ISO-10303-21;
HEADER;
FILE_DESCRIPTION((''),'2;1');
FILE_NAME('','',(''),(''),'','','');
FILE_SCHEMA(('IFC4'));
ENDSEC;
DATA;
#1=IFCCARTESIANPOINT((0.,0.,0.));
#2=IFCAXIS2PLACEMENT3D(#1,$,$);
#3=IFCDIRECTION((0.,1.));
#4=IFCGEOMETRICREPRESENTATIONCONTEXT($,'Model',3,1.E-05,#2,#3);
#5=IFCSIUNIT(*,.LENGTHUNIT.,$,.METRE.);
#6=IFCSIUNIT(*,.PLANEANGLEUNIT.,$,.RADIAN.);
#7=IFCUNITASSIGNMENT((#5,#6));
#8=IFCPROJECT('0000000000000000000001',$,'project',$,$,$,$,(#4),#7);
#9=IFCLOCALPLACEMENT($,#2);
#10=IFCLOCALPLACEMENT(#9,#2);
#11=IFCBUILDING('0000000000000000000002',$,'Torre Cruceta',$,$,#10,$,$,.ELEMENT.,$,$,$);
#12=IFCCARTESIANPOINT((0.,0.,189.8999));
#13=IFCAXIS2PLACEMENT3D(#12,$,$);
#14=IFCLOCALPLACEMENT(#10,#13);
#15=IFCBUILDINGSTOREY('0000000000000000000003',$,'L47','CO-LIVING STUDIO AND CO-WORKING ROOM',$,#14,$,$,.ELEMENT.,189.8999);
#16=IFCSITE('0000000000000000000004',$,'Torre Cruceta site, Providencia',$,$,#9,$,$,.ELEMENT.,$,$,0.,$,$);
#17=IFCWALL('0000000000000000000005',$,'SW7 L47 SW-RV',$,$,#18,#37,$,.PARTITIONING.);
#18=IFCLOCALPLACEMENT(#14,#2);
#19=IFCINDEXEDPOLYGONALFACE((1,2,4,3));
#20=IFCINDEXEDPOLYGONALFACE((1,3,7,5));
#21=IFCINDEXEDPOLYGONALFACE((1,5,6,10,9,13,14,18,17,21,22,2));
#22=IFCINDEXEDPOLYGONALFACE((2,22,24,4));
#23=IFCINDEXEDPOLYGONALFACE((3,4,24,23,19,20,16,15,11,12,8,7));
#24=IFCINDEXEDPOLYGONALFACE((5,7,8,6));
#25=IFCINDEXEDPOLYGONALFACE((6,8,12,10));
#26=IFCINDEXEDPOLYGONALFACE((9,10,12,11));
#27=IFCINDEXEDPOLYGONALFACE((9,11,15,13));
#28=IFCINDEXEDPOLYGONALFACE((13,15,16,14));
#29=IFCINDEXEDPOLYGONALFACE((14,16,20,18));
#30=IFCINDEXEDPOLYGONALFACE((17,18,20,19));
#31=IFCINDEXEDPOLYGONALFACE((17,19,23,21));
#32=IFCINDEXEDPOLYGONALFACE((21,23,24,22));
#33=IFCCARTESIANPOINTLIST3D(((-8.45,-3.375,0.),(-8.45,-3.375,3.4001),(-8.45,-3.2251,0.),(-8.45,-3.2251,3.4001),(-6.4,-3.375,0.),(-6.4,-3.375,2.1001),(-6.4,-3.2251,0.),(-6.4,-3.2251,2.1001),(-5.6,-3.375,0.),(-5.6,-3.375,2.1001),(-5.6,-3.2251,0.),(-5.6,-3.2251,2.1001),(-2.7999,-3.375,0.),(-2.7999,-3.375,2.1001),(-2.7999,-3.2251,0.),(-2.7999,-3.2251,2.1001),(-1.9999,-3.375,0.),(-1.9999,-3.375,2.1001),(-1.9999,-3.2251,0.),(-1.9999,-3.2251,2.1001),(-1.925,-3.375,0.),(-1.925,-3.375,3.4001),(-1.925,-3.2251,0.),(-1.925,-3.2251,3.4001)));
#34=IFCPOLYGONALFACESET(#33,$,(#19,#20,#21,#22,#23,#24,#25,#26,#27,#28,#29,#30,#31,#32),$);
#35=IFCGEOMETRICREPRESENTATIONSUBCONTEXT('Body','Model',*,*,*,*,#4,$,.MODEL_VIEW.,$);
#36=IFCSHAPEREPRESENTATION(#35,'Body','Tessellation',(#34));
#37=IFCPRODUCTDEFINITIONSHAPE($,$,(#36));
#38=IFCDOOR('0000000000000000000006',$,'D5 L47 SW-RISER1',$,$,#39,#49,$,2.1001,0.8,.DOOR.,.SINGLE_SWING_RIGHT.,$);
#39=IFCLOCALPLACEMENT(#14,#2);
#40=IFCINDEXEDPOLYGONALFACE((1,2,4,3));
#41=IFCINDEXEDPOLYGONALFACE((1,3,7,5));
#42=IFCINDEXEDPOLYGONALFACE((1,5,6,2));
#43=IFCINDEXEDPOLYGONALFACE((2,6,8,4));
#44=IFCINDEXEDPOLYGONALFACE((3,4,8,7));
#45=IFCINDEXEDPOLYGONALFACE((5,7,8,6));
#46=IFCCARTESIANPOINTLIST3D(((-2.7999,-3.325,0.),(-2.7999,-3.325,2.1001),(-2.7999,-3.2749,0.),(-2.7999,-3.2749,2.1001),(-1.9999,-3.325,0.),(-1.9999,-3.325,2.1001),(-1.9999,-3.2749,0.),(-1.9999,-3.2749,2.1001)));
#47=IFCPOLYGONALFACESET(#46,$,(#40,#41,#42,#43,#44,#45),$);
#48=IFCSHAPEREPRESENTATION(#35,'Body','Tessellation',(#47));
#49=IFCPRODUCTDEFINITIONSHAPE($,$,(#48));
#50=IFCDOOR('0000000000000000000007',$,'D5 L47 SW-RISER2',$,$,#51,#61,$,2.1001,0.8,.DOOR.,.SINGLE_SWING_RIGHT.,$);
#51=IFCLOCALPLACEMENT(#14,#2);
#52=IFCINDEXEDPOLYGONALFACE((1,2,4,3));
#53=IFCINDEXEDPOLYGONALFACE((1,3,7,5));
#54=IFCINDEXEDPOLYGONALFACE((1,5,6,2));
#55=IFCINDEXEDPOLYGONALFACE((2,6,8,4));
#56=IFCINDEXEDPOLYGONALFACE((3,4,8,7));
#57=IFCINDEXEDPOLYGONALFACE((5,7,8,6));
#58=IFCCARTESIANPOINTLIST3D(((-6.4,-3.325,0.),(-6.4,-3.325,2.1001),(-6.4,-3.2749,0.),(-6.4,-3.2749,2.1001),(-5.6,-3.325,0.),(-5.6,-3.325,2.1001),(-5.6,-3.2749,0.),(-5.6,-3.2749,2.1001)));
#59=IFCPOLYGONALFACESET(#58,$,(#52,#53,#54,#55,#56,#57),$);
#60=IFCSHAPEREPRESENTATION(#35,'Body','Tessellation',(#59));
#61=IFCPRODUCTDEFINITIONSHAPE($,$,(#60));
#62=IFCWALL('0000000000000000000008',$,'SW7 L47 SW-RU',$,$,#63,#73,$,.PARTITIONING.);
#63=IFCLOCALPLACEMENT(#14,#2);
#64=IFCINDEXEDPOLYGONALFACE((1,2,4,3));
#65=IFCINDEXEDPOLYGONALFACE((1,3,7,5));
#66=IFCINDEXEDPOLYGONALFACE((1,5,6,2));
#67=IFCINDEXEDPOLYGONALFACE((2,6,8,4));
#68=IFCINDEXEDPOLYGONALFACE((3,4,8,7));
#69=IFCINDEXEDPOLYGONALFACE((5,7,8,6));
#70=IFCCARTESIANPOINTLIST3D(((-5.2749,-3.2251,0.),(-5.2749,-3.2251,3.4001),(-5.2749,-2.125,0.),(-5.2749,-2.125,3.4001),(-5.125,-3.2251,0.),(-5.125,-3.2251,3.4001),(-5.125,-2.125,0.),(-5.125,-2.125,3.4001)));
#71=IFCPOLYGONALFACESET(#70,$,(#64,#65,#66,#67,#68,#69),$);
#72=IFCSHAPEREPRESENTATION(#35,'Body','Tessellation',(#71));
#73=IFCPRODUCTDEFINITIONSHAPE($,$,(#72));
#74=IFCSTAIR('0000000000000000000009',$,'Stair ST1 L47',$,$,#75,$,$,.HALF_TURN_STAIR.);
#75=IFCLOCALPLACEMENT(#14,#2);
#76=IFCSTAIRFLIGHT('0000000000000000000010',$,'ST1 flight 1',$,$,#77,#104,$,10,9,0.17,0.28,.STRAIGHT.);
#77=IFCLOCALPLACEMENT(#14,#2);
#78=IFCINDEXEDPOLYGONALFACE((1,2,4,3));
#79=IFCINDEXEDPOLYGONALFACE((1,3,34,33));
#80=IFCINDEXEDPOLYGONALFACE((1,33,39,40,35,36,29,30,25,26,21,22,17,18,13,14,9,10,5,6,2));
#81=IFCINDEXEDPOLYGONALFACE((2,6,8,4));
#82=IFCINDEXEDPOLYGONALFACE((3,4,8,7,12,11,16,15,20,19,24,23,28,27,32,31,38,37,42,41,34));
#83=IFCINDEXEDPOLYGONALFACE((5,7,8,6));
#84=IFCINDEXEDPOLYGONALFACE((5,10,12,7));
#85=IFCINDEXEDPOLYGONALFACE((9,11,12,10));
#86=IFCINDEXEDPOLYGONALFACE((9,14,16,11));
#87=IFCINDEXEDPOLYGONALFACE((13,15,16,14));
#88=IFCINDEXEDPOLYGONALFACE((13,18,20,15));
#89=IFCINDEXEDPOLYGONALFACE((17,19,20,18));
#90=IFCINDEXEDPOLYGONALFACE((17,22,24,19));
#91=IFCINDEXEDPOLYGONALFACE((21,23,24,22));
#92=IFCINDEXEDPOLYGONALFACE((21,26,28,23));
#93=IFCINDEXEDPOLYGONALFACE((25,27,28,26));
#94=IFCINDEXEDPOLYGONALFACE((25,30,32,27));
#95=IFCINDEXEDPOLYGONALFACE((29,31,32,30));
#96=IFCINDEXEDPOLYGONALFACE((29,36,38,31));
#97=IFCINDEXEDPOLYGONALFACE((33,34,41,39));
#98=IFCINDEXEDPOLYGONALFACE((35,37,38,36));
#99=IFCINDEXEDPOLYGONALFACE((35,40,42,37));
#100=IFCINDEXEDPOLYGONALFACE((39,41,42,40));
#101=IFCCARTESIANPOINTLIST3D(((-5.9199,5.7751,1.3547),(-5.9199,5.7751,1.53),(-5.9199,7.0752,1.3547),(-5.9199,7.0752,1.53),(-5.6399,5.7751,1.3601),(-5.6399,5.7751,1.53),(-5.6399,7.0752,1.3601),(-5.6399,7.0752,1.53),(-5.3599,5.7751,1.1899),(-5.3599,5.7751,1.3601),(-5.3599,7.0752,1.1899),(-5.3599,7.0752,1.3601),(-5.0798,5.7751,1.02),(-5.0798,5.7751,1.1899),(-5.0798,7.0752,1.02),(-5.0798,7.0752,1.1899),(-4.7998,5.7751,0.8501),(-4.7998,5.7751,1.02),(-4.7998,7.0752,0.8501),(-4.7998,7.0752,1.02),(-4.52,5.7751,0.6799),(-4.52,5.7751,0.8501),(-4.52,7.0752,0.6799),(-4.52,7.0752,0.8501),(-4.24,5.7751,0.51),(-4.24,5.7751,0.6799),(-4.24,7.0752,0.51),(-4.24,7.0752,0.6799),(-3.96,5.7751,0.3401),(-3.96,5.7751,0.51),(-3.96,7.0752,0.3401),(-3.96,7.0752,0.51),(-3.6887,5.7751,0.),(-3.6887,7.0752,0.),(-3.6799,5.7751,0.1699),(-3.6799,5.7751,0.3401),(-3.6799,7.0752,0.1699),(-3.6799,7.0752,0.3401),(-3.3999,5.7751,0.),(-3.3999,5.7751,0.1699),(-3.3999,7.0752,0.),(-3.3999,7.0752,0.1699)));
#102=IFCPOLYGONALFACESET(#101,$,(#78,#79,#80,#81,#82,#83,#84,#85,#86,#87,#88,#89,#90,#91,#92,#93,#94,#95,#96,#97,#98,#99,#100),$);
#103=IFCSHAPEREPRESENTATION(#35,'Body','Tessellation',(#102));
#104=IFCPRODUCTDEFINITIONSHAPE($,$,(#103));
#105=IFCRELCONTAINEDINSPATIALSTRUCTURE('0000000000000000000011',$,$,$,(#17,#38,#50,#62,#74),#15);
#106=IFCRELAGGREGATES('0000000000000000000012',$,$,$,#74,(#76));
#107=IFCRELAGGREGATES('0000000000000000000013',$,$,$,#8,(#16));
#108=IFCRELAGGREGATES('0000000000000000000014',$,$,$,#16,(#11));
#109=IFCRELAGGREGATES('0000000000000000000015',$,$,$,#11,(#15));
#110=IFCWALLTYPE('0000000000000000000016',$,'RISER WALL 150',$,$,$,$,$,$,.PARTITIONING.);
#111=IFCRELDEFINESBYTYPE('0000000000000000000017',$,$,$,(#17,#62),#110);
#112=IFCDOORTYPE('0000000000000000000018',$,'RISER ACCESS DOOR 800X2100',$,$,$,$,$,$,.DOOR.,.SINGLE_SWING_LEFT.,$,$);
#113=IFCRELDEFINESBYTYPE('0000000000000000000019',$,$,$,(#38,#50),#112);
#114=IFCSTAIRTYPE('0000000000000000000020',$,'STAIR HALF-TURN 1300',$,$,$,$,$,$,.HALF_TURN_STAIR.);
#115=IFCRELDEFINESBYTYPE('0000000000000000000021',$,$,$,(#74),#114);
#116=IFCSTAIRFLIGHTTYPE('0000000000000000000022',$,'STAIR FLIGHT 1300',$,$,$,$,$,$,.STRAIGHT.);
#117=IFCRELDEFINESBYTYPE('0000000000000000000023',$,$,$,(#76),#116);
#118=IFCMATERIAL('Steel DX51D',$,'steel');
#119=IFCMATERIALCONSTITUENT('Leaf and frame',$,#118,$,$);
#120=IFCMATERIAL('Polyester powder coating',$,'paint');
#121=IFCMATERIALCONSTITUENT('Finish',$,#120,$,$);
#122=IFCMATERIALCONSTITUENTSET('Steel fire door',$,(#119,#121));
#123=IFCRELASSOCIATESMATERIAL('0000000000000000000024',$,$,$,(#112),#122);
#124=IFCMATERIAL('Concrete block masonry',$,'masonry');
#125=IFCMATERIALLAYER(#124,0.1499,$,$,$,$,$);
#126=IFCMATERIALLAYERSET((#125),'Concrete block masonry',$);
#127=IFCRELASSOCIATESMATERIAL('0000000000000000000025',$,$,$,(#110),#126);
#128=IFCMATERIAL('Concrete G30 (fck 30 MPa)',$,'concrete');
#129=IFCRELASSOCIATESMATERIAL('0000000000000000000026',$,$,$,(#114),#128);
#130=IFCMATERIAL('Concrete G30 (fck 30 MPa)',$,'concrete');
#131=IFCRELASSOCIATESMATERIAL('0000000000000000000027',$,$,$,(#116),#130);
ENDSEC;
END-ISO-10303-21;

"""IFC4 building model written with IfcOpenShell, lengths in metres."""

from ifc_helpers import new_model, si_unit, direction, frame, frame_2d, origin, place, context, subcontext, project, spatial, polyline, rectangle, outline, extrude, material, layer, layer_set, constituent, constituent_set, type_object, element, fill, aggregate, save


model = new_model("IFC4")

# Units and contexts
model_context = context("Model", 3, precision=1e-05, world=origin(), true_north=direction((0.0, 1.0)))
body_context = subcontext(model_context, "Body", "Model", "MODEL_VIEW")
ifc_project = project(units=[si_unit("LENGTHUNIT", "METRE"), si_unit("PLANEANGLEUNIT", "RADIAN")], contexts=[model_context])

# Site, building, storey
site_placement = place(None, origin())
site = spatial("IfcSite", under=ifc_project, at=site_placement, Name="Torre Cruceta site, Providencia", CompositionType="ELEMENT", RefElevation=0.0)
building_placement = place(site_placement, origin())
building = spatial("IfcBuilding", under=site, at=building_placement, Name="Torre Cruceta", CompositionType="ELEMENT")
storey_placement = place(building_placement, frame((0.0, 0.0, 189.8999)))
storey = spatial("IfcBuildingStorey", under=building, at=storey_placement, Name="L47", Description="CO-LIVING STUDIO AND CO-WORKING ROOM", CompositionType="ELEMENT", Elevation=189.8999)

# Shared definitions
ifc_material_1 = material(Name="Steel DX51D", Category="steel")
ifc_constituent_1 = constituent(ifc_material_1, Name="Leaf and frame")
ifc_material_2 = material(Name="Polyester powder coating", Category="paint")
ifc_constituent_2 = constituent(ifc_material_2, Name="Finish")
ifc_constituent_set_1 = constituent_set(constituents=[ifc_constituent_1, ifc_constituent_2], Name="Steel fire door")
door_type_1 = type_object("IfcDoorType", Name="RISER ACCESS DOOR 800X2100", OperationType="SINGLE_SWING_LEFT", PredefinedType="DOOR", material=ifc_constituent_set_1)

# Wall, openings, doors
ifc_material_3 = material(Name="Concrete block masonry", Category="masonry")
ifc_layer_1 = layer(ifc_material_3, 0.1499)
ifc_layer_set_1 = layer_set([ifc_layer_1], Name="Concrete block masonry")
wall_type_1 = type_object("IfcWallType", Name="RISER WALL 150", PredefinedType="PARTITIONING", material=ifc_layer_set_1)
wall_1_placement = place(storey_placement, frame((-1.925, -3.3, 0.0), z_axis=(0.0, 0.0, 1.0), x_axis=(-1.0, 0.0, 0.0)))
wall_1 = element("IfcWall", 1, at=wall_1_placement, inside=storey, type_object=wall_type_1, Name="SW7 L47 SW-RV", PredefinedType="PARTITIONING", context=body_context, shape_type="SweptSolid", body=[
    extrude(rectangle(XDim=6.5249, YDim=0.1499, at=frame_2d((3.2625, 0.0))), origin(), (0.0, 0.0, 1.0), 3.4001),
])
opening_1_placement = place(wall_1_placement, frame((0.075, 0.0, 0.0)))
opening_1 = element("IfcOpeningElement", 2, at=opening_1_placement, cuts=wall_1, PredefinedType="OPENING", context=body_context, shape_type="SweptSolid", body=[
    extrude(rectangle(XDim=0.8, YDim=2.1001, at=frame_2d((0.3999, 1.05))), frame((0.0, 0.085, 0.0), z_axis=(0.0, -1.0, 0.0), x_axis=(1.0, 0.0, 0.0)), (0.0, 0.0, 1.0), 0.1699),
])
opening_2_placement = place(wall_1_placement, frame((3.675, 0.0, 0.0)))
opening_2 = element("IfcOpeningElement", 3, at=opening_2_placement, cuts=wall_1, PredefinedType="OPENING", context=body_context, shape_type="SweptSolid", body=[
    extrude(rectangle(XDim=0.8, YDim=2.1001, at=frame_2d((0.3999, 1.05))), frame((0.0, 0.085, 0.0), z_axis=(0.0, -1.0, 0.0), x_axis=(1.0, 0.0, 0.0)), (0.0, 0.0, 1.0), 0.1699),
])
door_1_placement = place(opening_1_placement, frame((0.8, 0.0, 0.0), z_axis=(0.0, 0.0, 1.0), x_axis=(-1.0, 0.0, 0.0)))
door_1 = element("IfcDoor", 4, at=door_1_placement, inside=storey, type_object=door_type_1, Name="D5 L47 SW-RISER1", OperationType="SINGLE_SWING_RIGHT", OverallHeight=2.1001, OverallWidth=0.8, PredefinedType="DOOR", context=body_context, shape_type="SweptSolid", body=[
    extrude(rectangle(XDim=0.8, YDim=2.1001, at=frame_2d((0.4001, 1.05))), frame((0.0, 0.0251, 0.0), z_axis=(0.0, -1.0, 0.0), x_axis=(1.0, 0.0, 0.0)), (0.0, 0.0, 1.0), 0.05),
])
fill(opening_1, door_1)
door_2_placement = place(opening_2_placement, frame((0.8, 0.0, 0.0), z_axis=(0.0, 0.0, 1.0), x_axis=(-1.0, 0.0, 0.0)))
door_2 = element("IfcDoor", 5, at=door_2_placement, inside=storey, type_object=door_type_1, Name="D5 L47 SW-RISER2", OperationType="SINGLE_SWING_RIGHT", OverallHeight=2.1001, OverallWidth=0.8, PredefinedType="DOOR", context=body_context, shape_type="SweptSolid", body=[
    extrude(rectangle(XDim=0.8, YDim=2.1001, at=frame_2d((0.4001, 1.05))), frame((0.0, 0.0251, 0.0), z_axis=(0.0, -1.0, 0.0), x_axis=(1.0, 0.0, 0.0)), (0.0, 0.0, 1.0), 0.05),
])
fill(opening_2, door_2)

# Wall
wall_2_placement = place(storey_placement, frame((-5.2, -2.125, 0.0), z_axis=(0.0, 0.0, 1.0), x_axis=(0.0, -1.0, 0.0)))
element("IfcWall", 6, at=wall_2_placement, inside=storey, type_object=wall_type_1, Name="SW7 L47 SW-RU", PredefinedType="PARTITIONING", context=body_context, shape_type="SweptSolid", body=[
    extrude(rectangle(XDim=1.1001, YDim=0.1499, at=frame_2d((0.55, 0.0))), origin(), (0.0, 0.0, 1.0), 3.4001),
])

# Stair, stair flight
ifc_material_4 = material(Name="Concrete G30 (fck 30 MPa)", Category="concrete")
stair_type = type_object("IfcStairType", Name="STAIR HALF-TURN 1300", PredefinedType="HALF_TURN_STAIR", material=ifc_material_4)
stair_placement = place(storey_placement, origin())
stair = element("IfcStair", 7, at=stair_placement, inside=storey, type_object=stair_type, Name="Stair ST1 L47", PredefinedType="HALF_TURN_STAIR")
ifc_material_5 = material(Name="Concrete G30 (fck 30 MPa)", Category="concrete")
stair_flight_type = type_object("IfcStairFlightType", Name="STAIR FLIGHT 1300", PredefinedType="STRAIGHT", material=ifc_material_5)
stair_flight_placement = place(storey_placement, frame((-3.3999, 6.425, 0.0), z_axis=(0.0, 0.0, 1.0), x_axis=(-1.0, 0.0, 0.0)))
stair_flight = element("IfcStairFlight", 8, at=stair_flight_placement, type_object=stair_flight_type, Name="ST1 flight 1", NumberOfRisers=10, NumberOfTreads=9, PredefinedType="STRAIGHT", RiserHeight=0.17, TreadLength=0.28, context=body_context, shape_type="SweptSolid", body=[
    extrude(outline(polyline([(0.0, 0.0), (0.0, 0.1699), (0.28, 0.1699), (0.28, 0.3401), (0.5601, 0.3401), (0.5601, 0.51), (0.8401, 0.51), (0.8401, 0.6799), (1.1201, 0.6799), (1.1201, 0.8501), (1.3999, 0.8501), (1.3999, 1.02), (1.6799, 1.02), (1.6799, 1.1899), (1.96, 1.1899), (1.96, 1.3601), (2.24, 1.3601), (2.24, 1.53), (2.52, 1.53), (2.52, 1.7), (2.52, 1.3547), (0.2888, 0.0), (0.0, 0.0)])), frame((0.0, 0.6499, 0.0), z_axis=(0.0, -1.0, 0.0), x_axis=(1.0, 0.0, 0.0)), (0.0, 0.0, 1.0), 1.3),
])
aggregate(stair, [stair_flight])

save(model, "model.ifc")
